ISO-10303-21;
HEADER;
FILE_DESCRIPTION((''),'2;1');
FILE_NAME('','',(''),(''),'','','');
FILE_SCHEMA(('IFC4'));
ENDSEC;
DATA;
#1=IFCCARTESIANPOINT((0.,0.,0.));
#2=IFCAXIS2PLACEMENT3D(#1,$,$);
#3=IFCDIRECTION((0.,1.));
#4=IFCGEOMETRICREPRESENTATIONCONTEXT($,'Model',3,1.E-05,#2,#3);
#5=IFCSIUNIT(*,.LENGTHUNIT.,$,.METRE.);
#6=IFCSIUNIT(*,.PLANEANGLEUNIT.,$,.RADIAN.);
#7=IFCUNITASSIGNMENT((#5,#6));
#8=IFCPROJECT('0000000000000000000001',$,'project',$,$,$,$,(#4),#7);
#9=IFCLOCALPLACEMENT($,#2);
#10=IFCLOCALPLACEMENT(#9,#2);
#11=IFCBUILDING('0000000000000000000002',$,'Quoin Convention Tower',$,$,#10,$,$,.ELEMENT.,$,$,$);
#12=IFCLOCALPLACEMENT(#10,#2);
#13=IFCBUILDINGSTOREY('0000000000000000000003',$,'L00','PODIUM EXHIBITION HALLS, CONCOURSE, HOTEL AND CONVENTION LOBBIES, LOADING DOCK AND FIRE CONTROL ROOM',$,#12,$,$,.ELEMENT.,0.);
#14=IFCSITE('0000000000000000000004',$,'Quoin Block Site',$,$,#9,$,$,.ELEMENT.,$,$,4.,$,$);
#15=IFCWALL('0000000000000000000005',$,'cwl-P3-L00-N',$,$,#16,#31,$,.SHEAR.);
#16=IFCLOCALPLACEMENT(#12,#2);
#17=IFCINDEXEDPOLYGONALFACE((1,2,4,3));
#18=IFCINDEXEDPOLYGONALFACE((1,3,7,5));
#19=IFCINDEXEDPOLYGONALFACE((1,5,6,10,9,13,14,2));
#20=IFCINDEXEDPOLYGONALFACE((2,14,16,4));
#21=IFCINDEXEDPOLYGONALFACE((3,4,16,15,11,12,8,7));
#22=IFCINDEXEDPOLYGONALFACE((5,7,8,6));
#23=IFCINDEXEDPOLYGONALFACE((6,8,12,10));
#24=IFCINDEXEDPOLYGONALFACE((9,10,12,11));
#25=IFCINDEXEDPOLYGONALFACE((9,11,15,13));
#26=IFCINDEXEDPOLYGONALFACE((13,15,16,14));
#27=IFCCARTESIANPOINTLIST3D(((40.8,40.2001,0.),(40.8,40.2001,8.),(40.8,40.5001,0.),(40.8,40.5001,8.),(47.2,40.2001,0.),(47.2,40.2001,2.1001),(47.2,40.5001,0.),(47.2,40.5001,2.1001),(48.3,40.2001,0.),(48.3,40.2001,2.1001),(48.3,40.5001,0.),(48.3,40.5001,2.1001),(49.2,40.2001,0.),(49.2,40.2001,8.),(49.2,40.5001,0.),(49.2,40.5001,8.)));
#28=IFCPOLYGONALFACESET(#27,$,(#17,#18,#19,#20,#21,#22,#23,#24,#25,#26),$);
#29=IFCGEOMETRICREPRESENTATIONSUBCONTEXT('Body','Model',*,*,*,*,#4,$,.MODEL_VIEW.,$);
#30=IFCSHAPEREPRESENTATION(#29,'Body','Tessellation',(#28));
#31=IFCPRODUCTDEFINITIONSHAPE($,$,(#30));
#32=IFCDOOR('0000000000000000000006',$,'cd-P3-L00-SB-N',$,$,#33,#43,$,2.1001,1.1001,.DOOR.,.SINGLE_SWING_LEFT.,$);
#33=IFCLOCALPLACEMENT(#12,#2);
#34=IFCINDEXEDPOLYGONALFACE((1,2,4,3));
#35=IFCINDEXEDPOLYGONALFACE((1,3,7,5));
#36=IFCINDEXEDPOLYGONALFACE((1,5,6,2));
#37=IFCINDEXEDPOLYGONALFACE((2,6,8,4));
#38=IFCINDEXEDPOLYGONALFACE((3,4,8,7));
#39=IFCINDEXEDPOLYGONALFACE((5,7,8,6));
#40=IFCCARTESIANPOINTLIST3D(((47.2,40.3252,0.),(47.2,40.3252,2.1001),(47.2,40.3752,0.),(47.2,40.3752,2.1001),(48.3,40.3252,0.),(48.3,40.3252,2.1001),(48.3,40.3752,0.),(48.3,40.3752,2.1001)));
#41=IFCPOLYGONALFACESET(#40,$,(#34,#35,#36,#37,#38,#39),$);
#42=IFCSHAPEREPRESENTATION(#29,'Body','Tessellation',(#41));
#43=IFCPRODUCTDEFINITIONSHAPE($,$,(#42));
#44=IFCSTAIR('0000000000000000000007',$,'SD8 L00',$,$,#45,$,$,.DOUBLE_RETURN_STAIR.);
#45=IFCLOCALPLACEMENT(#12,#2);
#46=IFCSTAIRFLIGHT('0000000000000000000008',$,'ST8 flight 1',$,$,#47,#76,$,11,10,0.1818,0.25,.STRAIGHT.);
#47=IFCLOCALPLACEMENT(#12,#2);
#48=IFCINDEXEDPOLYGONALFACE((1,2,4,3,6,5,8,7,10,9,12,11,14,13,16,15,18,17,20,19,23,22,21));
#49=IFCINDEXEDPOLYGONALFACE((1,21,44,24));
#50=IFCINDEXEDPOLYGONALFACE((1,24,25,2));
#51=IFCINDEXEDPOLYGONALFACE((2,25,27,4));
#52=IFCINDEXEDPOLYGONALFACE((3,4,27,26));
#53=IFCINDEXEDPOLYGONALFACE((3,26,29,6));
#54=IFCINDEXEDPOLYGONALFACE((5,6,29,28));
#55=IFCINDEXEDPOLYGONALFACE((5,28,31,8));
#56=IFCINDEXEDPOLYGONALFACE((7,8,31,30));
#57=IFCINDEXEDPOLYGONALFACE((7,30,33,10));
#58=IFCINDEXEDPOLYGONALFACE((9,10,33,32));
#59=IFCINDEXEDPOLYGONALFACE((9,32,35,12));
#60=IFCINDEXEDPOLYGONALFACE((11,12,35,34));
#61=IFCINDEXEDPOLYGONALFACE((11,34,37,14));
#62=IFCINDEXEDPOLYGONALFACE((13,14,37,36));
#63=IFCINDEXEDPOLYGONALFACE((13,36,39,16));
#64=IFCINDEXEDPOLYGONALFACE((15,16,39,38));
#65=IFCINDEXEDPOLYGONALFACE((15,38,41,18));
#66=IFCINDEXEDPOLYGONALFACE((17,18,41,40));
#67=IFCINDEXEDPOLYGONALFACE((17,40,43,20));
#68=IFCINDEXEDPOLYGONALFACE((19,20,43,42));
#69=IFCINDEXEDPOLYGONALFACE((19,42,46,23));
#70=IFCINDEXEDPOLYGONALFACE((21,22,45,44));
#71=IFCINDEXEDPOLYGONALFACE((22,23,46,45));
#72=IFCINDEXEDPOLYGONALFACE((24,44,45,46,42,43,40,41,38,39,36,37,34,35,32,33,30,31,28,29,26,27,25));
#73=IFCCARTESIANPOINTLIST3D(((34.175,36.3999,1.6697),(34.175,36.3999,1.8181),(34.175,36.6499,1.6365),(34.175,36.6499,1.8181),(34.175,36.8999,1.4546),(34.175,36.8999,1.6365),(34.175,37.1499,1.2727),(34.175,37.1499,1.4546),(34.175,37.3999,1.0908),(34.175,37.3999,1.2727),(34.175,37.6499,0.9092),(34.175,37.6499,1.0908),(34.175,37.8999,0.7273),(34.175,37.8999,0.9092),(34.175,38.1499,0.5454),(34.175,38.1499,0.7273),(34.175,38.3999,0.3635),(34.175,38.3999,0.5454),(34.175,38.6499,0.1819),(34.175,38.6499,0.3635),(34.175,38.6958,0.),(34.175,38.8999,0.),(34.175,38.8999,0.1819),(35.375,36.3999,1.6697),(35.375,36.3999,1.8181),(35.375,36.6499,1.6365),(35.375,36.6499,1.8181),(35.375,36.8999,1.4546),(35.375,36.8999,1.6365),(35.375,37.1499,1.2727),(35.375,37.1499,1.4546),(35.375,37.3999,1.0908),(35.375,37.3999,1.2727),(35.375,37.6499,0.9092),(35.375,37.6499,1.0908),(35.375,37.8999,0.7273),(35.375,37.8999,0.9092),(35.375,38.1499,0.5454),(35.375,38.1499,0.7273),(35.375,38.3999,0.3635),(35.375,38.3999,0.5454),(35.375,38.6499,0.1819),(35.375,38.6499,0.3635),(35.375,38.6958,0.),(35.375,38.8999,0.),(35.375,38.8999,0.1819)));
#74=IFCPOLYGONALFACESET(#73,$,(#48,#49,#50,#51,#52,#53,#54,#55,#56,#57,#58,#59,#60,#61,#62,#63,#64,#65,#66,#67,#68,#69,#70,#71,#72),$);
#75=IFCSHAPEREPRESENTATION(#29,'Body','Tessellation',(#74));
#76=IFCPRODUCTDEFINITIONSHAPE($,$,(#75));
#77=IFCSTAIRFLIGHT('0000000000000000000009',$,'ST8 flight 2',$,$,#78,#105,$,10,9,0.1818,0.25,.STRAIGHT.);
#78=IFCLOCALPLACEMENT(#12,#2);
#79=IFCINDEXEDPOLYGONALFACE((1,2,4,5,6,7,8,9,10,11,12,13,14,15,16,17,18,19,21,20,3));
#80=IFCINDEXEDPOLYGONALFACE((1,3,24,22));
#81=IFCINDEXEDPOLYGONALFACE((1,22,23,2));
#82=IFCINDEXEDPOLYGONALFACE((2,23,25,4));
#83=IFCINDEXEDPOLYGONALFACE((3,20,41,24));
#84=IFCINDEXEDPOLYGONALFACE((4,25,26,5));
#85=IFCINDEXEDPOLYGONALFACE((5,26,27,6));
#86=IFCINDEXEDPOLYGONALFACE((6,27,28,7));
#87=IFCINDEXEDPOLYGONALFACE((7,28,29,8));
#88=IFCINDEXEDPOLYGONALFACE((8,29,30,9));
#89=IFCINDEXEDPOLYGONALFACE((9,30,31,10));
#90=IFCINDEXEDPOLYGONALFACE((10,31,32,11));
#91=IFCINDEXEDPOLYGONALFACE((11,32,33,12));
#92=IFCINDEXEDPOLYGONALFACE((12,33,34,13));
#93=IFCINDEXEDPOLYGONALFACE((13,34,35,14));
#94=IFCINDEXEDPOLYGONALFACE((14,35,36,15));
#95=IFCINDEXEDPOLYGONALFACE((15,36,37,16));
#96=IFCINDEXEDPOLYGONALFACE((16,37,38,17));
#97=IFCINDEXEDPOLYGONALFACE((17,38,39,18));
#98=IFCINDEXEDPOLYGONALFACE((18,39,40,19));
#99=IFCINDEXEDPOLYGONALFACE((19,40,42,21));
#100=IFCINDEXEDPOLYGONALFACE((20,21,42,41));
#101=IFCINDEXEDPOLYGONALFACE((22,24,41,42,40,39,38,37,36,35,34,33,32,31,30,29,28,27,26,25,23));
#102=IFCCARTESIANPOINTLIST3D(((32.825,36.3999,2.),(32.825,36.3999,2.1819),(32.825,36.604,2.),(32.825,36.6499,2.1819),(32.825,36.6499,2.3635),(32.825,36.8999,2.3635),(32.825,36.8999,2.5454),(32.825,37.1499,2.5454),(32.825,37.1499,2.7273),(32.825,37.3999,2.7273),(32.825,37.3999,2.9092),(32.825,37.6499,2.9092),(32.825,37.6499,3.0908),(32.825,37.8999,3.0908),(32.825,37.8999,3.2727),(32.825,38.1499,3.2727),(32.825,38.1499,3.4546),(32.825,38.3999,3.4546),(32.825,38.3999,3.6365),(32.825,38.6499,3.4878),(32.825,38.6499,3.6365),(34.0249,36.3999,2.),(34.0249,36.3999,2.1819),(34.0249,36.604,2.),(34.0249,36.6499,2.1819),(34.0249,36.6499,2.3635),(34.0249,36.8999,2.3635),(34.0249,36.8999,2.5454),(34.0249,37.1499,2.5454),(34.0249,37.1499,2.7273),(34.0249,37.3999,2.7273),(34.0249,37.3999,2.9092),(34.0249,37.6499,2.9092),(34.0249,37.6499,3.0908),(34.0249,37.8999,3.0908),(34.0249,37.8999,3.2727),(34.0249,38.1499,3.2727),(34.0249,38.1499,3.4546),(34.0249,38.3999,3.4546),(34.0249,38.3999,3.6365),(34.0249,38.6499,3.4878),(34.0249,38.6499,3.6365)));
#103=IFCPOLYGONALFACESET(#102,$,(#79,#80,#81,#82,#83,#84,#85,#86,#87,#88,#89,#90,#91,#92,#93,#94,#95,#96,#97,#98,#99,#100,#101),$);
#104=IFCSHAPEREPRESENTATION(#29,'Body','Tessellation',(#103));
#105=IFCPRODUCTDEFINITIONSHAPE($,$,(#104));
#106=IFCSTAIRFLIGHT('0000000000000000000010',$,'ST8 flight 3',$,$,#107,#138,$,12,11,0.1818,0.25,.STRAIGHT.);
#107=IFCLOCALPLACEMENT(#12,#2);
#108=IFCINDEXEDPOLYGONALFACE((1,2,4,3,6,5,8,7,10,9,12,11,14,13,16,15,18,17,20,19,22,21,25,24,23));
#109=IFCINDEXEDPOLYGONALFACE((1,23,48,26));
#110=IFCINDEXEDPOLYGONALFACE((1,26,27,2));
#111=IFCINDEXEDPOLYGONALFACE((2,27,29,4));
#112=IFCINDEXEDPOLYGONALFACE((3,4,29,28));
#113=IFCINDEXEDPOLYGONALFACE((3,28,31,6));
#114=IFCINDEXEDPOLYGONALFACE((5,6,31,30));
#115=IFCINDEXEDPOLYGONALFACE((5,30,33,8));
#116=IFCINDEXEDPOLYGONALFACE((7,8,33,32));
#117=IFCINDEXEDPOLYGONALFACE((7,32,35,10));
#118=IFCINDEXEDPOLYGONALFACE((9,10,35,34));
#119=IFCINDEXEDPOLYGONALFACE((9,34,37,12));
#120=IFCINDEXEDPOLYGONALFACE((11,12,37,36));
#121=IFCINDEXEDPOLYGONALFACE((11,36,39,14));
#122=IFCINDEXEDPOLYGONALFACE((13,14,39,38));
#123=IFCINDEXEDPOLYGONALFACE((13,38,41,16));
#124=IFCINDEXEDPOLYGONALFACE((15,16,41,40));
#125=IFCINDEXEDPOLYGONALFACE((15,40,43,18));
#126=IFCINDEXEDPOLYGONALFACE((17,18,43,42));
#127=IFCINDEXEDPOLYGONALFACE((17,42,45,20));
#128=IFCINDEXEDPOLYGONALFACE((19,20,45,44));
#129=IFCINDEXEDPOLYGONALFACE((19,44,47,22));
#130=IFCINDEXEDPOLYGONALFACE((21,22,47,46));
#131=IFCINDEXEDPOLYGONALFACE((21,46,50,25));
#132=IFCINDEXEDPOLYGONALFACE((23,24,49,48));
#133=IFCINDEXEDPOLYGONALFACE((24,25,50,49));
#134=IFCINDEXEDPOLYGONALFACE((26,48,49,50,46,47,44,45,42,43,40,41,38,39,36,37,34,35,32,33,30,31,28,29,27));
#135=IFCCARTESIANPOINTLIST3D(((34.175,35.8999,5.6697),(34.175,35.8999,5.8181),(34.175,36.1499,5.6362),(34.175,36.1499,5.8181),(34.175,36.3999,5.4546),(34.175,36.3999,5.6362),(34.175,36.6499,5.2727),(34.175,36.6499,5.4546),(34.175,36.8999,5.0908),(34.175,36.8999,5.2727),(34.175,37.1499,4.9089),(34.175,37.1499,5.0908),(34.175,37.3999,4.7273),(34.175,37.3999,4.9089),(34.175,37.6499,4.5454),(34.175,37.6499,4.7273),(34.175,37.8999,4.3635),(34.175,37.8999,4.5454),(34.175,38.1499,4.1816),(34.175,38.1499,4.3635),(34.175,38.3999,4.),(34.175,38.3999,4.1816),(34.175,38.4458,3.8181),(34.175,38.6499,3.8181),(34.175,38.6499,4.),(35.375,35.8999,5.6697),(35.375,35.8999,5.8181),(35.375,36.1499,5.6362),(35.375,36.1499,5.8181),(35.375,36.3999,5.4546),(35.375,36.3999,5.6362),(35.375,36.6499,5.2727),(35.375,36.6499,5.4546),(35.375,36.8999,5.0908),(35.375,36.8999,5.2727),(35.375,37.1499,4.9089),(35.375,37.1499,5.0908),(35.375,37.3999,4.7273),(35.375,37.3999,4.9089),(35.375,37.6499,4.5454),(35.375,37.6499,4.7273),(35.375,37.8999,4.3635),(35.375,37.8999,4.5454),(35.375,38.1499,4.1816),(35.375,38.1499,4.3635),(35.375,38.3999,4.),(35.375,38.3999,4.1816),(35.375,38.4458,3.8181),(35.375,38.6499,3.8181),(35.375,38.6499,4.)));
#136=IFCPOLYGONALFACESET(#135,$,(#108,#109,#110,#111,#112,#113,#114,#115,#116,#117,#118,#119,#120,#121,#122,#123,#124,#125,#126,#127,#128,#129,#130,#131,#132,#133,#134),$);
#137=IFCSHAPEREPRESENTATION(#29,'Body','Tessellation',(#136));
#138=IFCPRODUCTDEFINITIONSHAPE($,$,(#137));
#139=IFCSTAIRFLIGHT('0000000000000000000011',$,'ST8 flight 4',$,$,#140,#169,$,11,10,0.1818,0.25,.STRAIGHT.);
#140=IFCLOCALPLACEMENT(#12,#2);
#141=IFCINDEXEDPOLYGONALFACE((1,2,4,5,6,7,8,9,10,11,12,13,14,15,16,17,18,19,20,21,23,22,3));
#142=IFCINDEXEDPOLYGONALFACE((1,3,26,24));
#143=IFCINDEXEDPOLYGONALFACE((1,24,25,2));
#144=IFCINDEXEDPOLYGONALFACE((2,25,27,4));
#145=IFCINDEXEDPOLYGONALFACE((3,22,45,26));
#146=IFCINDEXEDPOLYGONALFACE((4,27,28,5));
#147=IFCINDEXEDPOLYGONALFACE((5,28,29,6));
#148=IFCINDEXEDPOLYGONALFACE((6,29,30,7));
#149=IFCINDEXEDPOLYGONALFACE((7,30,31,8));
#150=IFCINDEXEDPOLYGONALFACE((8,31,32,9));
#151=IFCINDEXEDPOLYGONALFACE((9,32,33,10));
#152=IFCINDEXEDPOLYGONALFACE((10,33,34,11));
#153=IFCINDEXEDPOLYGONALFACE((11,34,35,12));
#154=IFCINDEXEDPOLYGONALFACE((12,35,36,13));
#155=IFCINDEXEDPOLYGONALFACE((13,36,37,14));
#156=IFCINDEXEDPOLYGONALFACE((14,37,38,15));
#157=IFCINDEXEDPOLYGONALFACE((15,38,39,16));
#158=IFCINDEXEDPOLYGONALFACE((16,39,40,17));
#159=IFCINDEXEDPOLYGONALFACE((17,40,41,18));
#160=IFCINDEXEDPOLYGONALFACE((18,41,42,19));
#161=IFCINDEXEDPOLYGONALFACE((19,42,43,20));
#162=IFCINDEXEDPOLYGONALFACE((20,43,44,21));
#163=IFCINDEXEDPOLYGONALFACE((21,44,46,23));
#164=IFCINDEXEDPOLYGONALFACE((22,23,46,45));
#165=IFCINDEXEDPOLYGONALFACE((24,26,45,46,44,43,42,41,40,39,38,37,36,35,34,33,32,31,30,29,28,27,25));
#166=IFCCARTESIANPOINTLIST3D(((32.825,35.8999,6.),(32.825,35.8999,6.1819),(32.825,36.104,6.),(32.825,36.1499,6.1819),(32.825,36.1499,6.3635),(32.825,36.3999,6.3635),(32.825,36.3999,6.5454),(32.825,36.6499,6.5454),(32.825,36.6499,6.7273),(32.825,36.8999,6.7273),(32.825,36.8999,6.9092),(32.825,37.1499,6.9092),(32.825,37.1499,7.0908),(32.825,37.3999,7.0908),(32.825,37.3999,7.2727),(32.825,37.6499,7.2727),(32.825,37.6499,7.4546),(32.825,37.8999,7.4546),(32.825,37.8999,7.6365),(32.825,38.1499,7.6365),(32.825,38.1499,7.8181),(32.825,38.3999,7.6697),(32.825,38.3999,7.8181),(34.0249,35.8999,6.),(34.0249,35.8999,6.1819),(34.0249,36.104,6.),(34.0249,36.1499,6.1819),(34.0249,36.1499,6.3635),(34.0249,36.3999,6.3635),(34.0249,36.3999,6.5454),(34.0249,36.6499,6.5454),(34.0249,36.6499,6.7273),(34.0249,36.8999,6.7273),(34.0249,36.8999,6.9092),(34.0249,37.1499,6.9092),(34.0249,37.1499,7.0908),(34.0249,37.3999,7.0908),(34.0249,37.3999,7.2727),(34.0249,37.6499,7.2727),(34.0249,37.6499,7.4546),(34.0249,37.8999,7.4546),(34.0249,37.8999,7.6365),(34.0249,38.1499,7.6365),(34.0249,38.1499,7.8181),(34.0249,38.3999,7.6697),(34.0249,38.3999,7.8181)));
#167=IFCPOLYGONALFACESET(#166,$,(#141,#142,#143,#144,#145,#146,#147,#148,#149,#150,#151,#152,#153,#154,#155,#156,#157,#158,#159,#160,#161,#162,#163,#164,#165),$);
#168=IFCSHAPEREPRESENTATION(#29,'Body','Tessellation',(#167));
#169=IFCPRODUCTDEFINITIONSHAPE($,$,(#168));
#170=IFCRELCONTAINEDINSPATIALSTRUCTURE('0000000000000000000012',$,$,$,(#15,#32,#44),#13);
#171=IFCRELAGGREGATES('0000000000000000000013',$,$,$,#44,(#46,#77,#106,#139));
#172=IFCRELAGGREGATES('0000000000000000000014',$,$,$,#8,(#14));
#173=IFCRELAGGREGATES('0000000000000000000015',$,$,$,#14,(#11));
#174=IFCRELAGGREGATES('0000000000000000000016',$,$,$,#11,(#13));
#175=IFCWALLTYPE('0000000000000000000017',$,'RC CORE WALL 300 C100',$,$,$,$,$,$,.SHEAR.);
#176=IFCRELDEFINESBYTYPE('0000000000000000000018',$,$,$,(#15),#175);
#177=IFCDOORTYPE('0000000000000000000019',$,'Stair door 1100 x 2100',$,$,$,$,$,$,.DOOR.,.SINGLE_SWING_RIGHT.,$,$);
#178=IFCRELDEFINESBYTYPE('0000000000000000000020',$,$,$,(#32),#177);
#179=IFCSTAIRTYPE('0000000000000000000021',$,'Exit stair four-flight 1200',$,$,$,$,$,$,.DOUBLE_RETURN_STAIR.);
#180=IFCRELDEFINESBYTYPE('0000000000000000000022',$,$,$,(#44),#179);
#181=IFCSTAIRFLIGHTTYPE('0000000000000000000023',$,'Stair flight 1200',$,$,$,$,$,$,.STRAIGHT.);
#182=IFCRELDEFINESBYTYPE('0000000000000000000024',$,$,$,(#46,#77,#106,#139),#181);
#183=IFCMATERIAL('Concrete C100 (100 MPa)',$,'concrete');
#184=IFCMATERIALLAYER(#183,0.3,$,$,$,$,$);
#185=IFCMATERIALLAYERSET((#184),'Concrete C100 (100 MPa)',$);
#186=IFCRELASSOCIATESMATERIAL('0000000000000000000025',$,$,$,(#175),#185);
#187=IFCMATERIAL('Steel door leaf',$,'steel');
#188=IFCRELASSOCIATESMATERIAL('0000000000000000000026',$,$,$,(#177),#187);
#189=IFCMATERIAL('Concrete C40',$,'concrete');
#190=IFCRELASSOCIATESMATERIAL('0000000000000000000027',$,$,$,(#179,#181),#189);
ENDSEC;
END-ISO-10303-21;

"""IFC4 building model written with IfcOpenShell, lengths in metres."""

from ifc_helpers import new_model, si_unit, direction, frame, frame_2d, origin, place, context, subcontext, project, spatial, polyline, rectangle, outline, extrude, material, layer, layer_set, type_object, element, fill, aggregate, save


model = new_model("IFC4")

# Units and contexts
model_context = context("Model", 3, precision=1e-05, world=origin(), true_north=direction((0.0, 1.0)))
body_context = subcontext(model_context, "Body", "Model", "MODEL_VIEW")
ifc_project = project(units=[si_unit("LENGTHUNIT", "METRE"), si_unit("PLANEANGLEUNIT", "RADIAN")], contexts=[model_context])

# Site, building, storey
site_placement = place(None, origin())
site = spatial("IfcSite", under=ifc_project, at=site_placement, Name="Quoin Block Site", CompositionType="ELEMENT", RefElevation=4.0)
building_placement = place(site_placement, origin())
building = spatial("IfcBuilding", under=site, at=building_placement, Name="Quoin Convention Tower", CompositionType="ELEMENT")
storey_placement = place(building_placement, origin())
storey = spatial("IfcBuildingStorey", under=building, at=storey_placement, Name="L00", Description="PODIUM EXHIBITION HALLS, CONCOURSE, HOTEL AND CONVENTION LOBBIES, LOADING DOCK AND FIRE CONTROL ROOM", CompositionType="ELEMENT", Elevation=0.0)

# Shared definitions
ifc_material_1 = material(Name="Concrete C100 (100 MPa)", Category="concrete")

# Shared definitions
ifc_layer_1 = layer(ifc_material_1, 0.3)
ifc_layer_set_1 = layer_set([ifc_layer_1], Name="Concrete C100 (100 MPa)")
wall_type_1 = type_object("IfcWallType", Name="RC CORE WALL 300 C100", PredefinedType="SHEAR", material=ifc_layer_set_1)

# Wall, opening, door
wall_1_placement = place(storey_placement, frame((40.8, 40.3501, 0.0), z_axis=(0.0, 0.0, 1.0), x_axis=(1.0, 0.0, 0.0)))
wall_1 = element("IfcWall", 1, at=wall_1_placement, inside=storey, type_object=wall_type_1, Name="cwl-P3-L00-N", PredefinedType="SHEAR", context=body_context, shape_type="SweptSolid", body=[
    extrude(rectangle(XDim=8.3999, YDim=0.3, at=frame_2d((4.2, 0.0))), origin(), (0.0, 0.0, 1.0), 8.0),
])
opening_placement = place(wall_1_placement, frame((6.3999, 0.0, 0.0)))
opening = element("IfcOpeningElement", 2, at=opening_placement, cuts=wall_1, PredefinedType="OPENING", context=body_context, shape_type="SweptSolid", body=[
    extrude(rectangle(XDim=1.1001, YDim=2.1001, at=frame_2d((0.55, 1.05))), frame((0.0, 0.1599, 0.0), z_axis=(0.0, -1.0, 0.0), x_axis=(1.0, 0.0, 0.0)), (0.0, 0.0, 1.0), 0.3201),
])
ifc_material_2 = material(Name="Steel door leaf", Category="steel")
door_type = type_object("IfcDoorType", Name="Stair door 1100 x 2100", OperationType="SINGLE_SWING_RIGHT", PredefinedType="DOOR", material=ifc_material_2)
door_placement = place(opening_placement, frame((1.1001, 0.0, 0.0), z_axis=(0.0, 0.0, 1.0), x_axis=(-1.0, 0.0, 0.0)))
door = element("IfcDoor", 3, at=door_placement, inside=storey, type_object=door_type, Name="cd-P3-L00-SB-N", OperationType="SINGLE_SWING_LEFT", OverallHeight=2.1001, OverallWidth=1.1001, PredefinedType="DOOR", context=body_context, shape_type="SweptSolid", body=[
    extrude(rectangle(XDim=1.1001, YDim=2.1001, at=frame_2d((0.55, 1.05))), frame((0.0, 0.0249, 0.0), z_axis=(0.0, -1.0, 0.0), x_axis=(1.0, 0.0, 0.0)), (0.0, 0.0, 1.0), 0.05),
])
fill(opening, door)

# Stair, stair flights
ifc_material_3 = material(Name="Concrete C40", Category="concrete")
stair_type_1 = type_object("IfcStairType", Name="Exit stair four-flight 1200", PredefinedType="DOUBLE_RETURN_STAIR", material=ifc_material_3)
stair_1_placement = place(storey_placement, origin())
stair_1 = element("IfcStair", 4, at=stair_1_placement, inside=storey, type_object=stair_type_1, Name="SD8 L00", PredefinedType="DOUBLE_RETURN_STAIR")
stair_flight_type_1 = type_object("IfcStairFlightType", Name="Stair flight 1200", PredefinedType="STRAIGHT", material=ifc_material_3)
stair_flight_1_placement = place(storey_placement, frame((34.7749, 38.8999, 0.0), z_axis=(0.0, 0.0, 1.0), x_axis=(0.0, -1.0, 0.0)))
stair_flight_1 = element("IfcStairFlight", 5, at=stair_flight_1_placement, type_object=stair_flight_type_1, Name="ST8 flight 1", NumberOfRisers=11, NumberOfTreads=10, PredefinedType="STRAIGHT", RiserHeight=0.1818, TreadLength=0.25, context=body_context, shape_type="SweptSolid", body=[
    extrude(outline(polyline([(0.0, 0.0), (0.0, 0.1819), (0.25, 0.1819), (0.25, 0.3635), (0.5, 0.3635), (0.5, 0.5454), (0.75, 0.5454), (0.75, 0.7273), (1.0, 0.7273), (1.0, 0.9092), (1.25, 0.9092), (1.25, 1.0908), (1.5, 1.0908), (1.5, 1.2727), (1.75, 1.2727), (1.75, 1.4546), (2.0, 1.4546), (2.0, 1.6365), (2.25, 1.6365), (2.25, 1.8181), (2.5, 1.8181), (2.5, 2.0), (2.5, 1.6697), (0.2041, 0.0), (0.0, 0.0)])), frame((0.0, 0.6001, 0.0), z_axis=(0.0, -1.0, 0.0), x_axis=(1.0, 0.0, 0.0)), (0.0, 0.0, 1.0), 1.2),
])
stair_flight_2_placement = place(storey_placement, frame((33.425, 36.3999, 2.0), z_axis=(0.0, 0.0, 1.0), x_axis=(0.0, 1.0, 0.0)))
stair_flight_2 = element("IfcStairFlight", 6, at=stair_flight_2_placement, type_object=stair_flight_type_1, Name="ST8 flight 2", NumberOfRisers=10, NumberOfTreads=9, PredefinedType="STRAIGHT", RiserHeight=0.1818, TreadLength=0.25, context=body_context, shape_type="SweptSolid", body=[
    extrude(outline(polyline([(0.0, 0.0), (0.0, 0.1819), (0.25, 0.1819), (0.25, 0.3635), (0.5, 0.3635), (0.5, 0.5454), (0.75, 0.5454), (0.75, 0.7273), (1.0, 0.7273), (1.0, 0.9092), (1.25, 0.9092), (1.25, 1.0908), (1.5, 1.0908), (1.5, 1.2727), (1.75, 1.2727), (1.75, 1.4546), (2.0, 1.4546), (2.0, 1.6365), (2.25, 1.6365), (2.25, 1.8181), (2.25, 1.4878), (0.2041, 0.0), (0.0, 0.0)])), frame((0.0, 0.6001, 0.0), z_axis=(0.0, -1.0, 0.0), x_axis=(1.0, 0.0, 0.0)), (0.0, 0.0, 1.0), 1.2),
])
stair_flight_3_placement = place(storey_placement, frame((34.7749, 38.6499, 3.8181), z_axis=(0.0, 0.0, 1.0), x_axis=(0.0, -1.0, 0.0)))
stair_flight_3 = element("IfcStairFlight", 7, at=stair_flight_3_placement, type_object=stair_flight_type_1, Name="ST8 flight 3", NumberOfRisers=12, NumberOfTreads=11, PredefinedType="STRAIGHT", RiserHeight=0.1818, TreadLength=0.25, context=body_context, shape_type="SweptSolid", body=[
    extrude(outline(polyline([(0.0, 0.0), (0.0, 0.1819), (0.25, 0.1819), (0.25, 0.3635), (0.5, 0.3635), (0.5, 0.5454), (0.75, 0.5454), (0.75, 0.7273), (1.0, 0.7273), (1.0, 0.9092), (1.25, 0.9092), (1.25, 1.0908), (1.5, 1.0908), (1.5, 1.2727), (1.75, 1.2727), (1.75, 1.4546), (2.0, 1.4546), (2.0, 1.6365), (2.25, 1.6365), (2.25, 1.8181), (2.5, 1.8181), (2.5, 2.0), (2.75, 2.0), (2.75, 2.1819), (2.75, 1.8516), (0.2041, 0.0), (0.0, 0.0)])), frame((0.0, 0.6001, 0.0), z_axis=(0.0, -1.0, 0.0), x_axis=(1.0, 0.0, 0.0)), (0.0, 0.0, 1.0), 1.2),
])
stair_flight_4_placement = place(storey_placement, frame((33.425, 35.8999, 6.0), z_axis=(0.0, 0.0, 1.0), x_axis=(0.0, 1.0, 0.0)))
stair_flight_4 = element("IfcStairFlight", 8, at=stair_flight_4_placement, type_object=stair_flight_type_1, Name="ST8 flight 4", NumberOfRisers=11, NumberOfTreads=10, PredefinedType="STRAIGHT", RiserHeight=0.1818, TreadLength=0.25, context=body_context, shape_type="SweptSolid", body=[
    extrude(outline(polyline([(0.0, 0.0), (0.0, 0.1819), (0.25, 0.1819), (0.25, 0.3635), (0.5, 0.3635), (0.5, 0.5454), (0.75, 0.5454), (0.75, 0.7273), (1.0, 0.7273), (1.0, 0.9092), (1.25, 0.9092), (1.25, 1.0908), (1.5, 1.0908), (1.5, 1.2727), (1.75, 1.2727), (1.75, 1.4546), (2.0, 1.4546), (2.0, 1.6365), (2.25, 1.6365), (2.25, 1.8181), (2.5, 1.8181), (2.5, 2.0), (2.5, 1.6697), (0.2041, 0.0), (0.0, 0.0)])), frame((0.0, 0.6001, 0.0), z_axis=(0.0, -1.0, 0.0), x_axis=(1.0, 0.0, 0.0)), (0.0, 0.0, 1.0), 1.2),
])
aggregate(stair_1, [stair_flight_1, stair_flight_2, stair_flight_3, stair_flight_4])

save(model, "model.ifc")
